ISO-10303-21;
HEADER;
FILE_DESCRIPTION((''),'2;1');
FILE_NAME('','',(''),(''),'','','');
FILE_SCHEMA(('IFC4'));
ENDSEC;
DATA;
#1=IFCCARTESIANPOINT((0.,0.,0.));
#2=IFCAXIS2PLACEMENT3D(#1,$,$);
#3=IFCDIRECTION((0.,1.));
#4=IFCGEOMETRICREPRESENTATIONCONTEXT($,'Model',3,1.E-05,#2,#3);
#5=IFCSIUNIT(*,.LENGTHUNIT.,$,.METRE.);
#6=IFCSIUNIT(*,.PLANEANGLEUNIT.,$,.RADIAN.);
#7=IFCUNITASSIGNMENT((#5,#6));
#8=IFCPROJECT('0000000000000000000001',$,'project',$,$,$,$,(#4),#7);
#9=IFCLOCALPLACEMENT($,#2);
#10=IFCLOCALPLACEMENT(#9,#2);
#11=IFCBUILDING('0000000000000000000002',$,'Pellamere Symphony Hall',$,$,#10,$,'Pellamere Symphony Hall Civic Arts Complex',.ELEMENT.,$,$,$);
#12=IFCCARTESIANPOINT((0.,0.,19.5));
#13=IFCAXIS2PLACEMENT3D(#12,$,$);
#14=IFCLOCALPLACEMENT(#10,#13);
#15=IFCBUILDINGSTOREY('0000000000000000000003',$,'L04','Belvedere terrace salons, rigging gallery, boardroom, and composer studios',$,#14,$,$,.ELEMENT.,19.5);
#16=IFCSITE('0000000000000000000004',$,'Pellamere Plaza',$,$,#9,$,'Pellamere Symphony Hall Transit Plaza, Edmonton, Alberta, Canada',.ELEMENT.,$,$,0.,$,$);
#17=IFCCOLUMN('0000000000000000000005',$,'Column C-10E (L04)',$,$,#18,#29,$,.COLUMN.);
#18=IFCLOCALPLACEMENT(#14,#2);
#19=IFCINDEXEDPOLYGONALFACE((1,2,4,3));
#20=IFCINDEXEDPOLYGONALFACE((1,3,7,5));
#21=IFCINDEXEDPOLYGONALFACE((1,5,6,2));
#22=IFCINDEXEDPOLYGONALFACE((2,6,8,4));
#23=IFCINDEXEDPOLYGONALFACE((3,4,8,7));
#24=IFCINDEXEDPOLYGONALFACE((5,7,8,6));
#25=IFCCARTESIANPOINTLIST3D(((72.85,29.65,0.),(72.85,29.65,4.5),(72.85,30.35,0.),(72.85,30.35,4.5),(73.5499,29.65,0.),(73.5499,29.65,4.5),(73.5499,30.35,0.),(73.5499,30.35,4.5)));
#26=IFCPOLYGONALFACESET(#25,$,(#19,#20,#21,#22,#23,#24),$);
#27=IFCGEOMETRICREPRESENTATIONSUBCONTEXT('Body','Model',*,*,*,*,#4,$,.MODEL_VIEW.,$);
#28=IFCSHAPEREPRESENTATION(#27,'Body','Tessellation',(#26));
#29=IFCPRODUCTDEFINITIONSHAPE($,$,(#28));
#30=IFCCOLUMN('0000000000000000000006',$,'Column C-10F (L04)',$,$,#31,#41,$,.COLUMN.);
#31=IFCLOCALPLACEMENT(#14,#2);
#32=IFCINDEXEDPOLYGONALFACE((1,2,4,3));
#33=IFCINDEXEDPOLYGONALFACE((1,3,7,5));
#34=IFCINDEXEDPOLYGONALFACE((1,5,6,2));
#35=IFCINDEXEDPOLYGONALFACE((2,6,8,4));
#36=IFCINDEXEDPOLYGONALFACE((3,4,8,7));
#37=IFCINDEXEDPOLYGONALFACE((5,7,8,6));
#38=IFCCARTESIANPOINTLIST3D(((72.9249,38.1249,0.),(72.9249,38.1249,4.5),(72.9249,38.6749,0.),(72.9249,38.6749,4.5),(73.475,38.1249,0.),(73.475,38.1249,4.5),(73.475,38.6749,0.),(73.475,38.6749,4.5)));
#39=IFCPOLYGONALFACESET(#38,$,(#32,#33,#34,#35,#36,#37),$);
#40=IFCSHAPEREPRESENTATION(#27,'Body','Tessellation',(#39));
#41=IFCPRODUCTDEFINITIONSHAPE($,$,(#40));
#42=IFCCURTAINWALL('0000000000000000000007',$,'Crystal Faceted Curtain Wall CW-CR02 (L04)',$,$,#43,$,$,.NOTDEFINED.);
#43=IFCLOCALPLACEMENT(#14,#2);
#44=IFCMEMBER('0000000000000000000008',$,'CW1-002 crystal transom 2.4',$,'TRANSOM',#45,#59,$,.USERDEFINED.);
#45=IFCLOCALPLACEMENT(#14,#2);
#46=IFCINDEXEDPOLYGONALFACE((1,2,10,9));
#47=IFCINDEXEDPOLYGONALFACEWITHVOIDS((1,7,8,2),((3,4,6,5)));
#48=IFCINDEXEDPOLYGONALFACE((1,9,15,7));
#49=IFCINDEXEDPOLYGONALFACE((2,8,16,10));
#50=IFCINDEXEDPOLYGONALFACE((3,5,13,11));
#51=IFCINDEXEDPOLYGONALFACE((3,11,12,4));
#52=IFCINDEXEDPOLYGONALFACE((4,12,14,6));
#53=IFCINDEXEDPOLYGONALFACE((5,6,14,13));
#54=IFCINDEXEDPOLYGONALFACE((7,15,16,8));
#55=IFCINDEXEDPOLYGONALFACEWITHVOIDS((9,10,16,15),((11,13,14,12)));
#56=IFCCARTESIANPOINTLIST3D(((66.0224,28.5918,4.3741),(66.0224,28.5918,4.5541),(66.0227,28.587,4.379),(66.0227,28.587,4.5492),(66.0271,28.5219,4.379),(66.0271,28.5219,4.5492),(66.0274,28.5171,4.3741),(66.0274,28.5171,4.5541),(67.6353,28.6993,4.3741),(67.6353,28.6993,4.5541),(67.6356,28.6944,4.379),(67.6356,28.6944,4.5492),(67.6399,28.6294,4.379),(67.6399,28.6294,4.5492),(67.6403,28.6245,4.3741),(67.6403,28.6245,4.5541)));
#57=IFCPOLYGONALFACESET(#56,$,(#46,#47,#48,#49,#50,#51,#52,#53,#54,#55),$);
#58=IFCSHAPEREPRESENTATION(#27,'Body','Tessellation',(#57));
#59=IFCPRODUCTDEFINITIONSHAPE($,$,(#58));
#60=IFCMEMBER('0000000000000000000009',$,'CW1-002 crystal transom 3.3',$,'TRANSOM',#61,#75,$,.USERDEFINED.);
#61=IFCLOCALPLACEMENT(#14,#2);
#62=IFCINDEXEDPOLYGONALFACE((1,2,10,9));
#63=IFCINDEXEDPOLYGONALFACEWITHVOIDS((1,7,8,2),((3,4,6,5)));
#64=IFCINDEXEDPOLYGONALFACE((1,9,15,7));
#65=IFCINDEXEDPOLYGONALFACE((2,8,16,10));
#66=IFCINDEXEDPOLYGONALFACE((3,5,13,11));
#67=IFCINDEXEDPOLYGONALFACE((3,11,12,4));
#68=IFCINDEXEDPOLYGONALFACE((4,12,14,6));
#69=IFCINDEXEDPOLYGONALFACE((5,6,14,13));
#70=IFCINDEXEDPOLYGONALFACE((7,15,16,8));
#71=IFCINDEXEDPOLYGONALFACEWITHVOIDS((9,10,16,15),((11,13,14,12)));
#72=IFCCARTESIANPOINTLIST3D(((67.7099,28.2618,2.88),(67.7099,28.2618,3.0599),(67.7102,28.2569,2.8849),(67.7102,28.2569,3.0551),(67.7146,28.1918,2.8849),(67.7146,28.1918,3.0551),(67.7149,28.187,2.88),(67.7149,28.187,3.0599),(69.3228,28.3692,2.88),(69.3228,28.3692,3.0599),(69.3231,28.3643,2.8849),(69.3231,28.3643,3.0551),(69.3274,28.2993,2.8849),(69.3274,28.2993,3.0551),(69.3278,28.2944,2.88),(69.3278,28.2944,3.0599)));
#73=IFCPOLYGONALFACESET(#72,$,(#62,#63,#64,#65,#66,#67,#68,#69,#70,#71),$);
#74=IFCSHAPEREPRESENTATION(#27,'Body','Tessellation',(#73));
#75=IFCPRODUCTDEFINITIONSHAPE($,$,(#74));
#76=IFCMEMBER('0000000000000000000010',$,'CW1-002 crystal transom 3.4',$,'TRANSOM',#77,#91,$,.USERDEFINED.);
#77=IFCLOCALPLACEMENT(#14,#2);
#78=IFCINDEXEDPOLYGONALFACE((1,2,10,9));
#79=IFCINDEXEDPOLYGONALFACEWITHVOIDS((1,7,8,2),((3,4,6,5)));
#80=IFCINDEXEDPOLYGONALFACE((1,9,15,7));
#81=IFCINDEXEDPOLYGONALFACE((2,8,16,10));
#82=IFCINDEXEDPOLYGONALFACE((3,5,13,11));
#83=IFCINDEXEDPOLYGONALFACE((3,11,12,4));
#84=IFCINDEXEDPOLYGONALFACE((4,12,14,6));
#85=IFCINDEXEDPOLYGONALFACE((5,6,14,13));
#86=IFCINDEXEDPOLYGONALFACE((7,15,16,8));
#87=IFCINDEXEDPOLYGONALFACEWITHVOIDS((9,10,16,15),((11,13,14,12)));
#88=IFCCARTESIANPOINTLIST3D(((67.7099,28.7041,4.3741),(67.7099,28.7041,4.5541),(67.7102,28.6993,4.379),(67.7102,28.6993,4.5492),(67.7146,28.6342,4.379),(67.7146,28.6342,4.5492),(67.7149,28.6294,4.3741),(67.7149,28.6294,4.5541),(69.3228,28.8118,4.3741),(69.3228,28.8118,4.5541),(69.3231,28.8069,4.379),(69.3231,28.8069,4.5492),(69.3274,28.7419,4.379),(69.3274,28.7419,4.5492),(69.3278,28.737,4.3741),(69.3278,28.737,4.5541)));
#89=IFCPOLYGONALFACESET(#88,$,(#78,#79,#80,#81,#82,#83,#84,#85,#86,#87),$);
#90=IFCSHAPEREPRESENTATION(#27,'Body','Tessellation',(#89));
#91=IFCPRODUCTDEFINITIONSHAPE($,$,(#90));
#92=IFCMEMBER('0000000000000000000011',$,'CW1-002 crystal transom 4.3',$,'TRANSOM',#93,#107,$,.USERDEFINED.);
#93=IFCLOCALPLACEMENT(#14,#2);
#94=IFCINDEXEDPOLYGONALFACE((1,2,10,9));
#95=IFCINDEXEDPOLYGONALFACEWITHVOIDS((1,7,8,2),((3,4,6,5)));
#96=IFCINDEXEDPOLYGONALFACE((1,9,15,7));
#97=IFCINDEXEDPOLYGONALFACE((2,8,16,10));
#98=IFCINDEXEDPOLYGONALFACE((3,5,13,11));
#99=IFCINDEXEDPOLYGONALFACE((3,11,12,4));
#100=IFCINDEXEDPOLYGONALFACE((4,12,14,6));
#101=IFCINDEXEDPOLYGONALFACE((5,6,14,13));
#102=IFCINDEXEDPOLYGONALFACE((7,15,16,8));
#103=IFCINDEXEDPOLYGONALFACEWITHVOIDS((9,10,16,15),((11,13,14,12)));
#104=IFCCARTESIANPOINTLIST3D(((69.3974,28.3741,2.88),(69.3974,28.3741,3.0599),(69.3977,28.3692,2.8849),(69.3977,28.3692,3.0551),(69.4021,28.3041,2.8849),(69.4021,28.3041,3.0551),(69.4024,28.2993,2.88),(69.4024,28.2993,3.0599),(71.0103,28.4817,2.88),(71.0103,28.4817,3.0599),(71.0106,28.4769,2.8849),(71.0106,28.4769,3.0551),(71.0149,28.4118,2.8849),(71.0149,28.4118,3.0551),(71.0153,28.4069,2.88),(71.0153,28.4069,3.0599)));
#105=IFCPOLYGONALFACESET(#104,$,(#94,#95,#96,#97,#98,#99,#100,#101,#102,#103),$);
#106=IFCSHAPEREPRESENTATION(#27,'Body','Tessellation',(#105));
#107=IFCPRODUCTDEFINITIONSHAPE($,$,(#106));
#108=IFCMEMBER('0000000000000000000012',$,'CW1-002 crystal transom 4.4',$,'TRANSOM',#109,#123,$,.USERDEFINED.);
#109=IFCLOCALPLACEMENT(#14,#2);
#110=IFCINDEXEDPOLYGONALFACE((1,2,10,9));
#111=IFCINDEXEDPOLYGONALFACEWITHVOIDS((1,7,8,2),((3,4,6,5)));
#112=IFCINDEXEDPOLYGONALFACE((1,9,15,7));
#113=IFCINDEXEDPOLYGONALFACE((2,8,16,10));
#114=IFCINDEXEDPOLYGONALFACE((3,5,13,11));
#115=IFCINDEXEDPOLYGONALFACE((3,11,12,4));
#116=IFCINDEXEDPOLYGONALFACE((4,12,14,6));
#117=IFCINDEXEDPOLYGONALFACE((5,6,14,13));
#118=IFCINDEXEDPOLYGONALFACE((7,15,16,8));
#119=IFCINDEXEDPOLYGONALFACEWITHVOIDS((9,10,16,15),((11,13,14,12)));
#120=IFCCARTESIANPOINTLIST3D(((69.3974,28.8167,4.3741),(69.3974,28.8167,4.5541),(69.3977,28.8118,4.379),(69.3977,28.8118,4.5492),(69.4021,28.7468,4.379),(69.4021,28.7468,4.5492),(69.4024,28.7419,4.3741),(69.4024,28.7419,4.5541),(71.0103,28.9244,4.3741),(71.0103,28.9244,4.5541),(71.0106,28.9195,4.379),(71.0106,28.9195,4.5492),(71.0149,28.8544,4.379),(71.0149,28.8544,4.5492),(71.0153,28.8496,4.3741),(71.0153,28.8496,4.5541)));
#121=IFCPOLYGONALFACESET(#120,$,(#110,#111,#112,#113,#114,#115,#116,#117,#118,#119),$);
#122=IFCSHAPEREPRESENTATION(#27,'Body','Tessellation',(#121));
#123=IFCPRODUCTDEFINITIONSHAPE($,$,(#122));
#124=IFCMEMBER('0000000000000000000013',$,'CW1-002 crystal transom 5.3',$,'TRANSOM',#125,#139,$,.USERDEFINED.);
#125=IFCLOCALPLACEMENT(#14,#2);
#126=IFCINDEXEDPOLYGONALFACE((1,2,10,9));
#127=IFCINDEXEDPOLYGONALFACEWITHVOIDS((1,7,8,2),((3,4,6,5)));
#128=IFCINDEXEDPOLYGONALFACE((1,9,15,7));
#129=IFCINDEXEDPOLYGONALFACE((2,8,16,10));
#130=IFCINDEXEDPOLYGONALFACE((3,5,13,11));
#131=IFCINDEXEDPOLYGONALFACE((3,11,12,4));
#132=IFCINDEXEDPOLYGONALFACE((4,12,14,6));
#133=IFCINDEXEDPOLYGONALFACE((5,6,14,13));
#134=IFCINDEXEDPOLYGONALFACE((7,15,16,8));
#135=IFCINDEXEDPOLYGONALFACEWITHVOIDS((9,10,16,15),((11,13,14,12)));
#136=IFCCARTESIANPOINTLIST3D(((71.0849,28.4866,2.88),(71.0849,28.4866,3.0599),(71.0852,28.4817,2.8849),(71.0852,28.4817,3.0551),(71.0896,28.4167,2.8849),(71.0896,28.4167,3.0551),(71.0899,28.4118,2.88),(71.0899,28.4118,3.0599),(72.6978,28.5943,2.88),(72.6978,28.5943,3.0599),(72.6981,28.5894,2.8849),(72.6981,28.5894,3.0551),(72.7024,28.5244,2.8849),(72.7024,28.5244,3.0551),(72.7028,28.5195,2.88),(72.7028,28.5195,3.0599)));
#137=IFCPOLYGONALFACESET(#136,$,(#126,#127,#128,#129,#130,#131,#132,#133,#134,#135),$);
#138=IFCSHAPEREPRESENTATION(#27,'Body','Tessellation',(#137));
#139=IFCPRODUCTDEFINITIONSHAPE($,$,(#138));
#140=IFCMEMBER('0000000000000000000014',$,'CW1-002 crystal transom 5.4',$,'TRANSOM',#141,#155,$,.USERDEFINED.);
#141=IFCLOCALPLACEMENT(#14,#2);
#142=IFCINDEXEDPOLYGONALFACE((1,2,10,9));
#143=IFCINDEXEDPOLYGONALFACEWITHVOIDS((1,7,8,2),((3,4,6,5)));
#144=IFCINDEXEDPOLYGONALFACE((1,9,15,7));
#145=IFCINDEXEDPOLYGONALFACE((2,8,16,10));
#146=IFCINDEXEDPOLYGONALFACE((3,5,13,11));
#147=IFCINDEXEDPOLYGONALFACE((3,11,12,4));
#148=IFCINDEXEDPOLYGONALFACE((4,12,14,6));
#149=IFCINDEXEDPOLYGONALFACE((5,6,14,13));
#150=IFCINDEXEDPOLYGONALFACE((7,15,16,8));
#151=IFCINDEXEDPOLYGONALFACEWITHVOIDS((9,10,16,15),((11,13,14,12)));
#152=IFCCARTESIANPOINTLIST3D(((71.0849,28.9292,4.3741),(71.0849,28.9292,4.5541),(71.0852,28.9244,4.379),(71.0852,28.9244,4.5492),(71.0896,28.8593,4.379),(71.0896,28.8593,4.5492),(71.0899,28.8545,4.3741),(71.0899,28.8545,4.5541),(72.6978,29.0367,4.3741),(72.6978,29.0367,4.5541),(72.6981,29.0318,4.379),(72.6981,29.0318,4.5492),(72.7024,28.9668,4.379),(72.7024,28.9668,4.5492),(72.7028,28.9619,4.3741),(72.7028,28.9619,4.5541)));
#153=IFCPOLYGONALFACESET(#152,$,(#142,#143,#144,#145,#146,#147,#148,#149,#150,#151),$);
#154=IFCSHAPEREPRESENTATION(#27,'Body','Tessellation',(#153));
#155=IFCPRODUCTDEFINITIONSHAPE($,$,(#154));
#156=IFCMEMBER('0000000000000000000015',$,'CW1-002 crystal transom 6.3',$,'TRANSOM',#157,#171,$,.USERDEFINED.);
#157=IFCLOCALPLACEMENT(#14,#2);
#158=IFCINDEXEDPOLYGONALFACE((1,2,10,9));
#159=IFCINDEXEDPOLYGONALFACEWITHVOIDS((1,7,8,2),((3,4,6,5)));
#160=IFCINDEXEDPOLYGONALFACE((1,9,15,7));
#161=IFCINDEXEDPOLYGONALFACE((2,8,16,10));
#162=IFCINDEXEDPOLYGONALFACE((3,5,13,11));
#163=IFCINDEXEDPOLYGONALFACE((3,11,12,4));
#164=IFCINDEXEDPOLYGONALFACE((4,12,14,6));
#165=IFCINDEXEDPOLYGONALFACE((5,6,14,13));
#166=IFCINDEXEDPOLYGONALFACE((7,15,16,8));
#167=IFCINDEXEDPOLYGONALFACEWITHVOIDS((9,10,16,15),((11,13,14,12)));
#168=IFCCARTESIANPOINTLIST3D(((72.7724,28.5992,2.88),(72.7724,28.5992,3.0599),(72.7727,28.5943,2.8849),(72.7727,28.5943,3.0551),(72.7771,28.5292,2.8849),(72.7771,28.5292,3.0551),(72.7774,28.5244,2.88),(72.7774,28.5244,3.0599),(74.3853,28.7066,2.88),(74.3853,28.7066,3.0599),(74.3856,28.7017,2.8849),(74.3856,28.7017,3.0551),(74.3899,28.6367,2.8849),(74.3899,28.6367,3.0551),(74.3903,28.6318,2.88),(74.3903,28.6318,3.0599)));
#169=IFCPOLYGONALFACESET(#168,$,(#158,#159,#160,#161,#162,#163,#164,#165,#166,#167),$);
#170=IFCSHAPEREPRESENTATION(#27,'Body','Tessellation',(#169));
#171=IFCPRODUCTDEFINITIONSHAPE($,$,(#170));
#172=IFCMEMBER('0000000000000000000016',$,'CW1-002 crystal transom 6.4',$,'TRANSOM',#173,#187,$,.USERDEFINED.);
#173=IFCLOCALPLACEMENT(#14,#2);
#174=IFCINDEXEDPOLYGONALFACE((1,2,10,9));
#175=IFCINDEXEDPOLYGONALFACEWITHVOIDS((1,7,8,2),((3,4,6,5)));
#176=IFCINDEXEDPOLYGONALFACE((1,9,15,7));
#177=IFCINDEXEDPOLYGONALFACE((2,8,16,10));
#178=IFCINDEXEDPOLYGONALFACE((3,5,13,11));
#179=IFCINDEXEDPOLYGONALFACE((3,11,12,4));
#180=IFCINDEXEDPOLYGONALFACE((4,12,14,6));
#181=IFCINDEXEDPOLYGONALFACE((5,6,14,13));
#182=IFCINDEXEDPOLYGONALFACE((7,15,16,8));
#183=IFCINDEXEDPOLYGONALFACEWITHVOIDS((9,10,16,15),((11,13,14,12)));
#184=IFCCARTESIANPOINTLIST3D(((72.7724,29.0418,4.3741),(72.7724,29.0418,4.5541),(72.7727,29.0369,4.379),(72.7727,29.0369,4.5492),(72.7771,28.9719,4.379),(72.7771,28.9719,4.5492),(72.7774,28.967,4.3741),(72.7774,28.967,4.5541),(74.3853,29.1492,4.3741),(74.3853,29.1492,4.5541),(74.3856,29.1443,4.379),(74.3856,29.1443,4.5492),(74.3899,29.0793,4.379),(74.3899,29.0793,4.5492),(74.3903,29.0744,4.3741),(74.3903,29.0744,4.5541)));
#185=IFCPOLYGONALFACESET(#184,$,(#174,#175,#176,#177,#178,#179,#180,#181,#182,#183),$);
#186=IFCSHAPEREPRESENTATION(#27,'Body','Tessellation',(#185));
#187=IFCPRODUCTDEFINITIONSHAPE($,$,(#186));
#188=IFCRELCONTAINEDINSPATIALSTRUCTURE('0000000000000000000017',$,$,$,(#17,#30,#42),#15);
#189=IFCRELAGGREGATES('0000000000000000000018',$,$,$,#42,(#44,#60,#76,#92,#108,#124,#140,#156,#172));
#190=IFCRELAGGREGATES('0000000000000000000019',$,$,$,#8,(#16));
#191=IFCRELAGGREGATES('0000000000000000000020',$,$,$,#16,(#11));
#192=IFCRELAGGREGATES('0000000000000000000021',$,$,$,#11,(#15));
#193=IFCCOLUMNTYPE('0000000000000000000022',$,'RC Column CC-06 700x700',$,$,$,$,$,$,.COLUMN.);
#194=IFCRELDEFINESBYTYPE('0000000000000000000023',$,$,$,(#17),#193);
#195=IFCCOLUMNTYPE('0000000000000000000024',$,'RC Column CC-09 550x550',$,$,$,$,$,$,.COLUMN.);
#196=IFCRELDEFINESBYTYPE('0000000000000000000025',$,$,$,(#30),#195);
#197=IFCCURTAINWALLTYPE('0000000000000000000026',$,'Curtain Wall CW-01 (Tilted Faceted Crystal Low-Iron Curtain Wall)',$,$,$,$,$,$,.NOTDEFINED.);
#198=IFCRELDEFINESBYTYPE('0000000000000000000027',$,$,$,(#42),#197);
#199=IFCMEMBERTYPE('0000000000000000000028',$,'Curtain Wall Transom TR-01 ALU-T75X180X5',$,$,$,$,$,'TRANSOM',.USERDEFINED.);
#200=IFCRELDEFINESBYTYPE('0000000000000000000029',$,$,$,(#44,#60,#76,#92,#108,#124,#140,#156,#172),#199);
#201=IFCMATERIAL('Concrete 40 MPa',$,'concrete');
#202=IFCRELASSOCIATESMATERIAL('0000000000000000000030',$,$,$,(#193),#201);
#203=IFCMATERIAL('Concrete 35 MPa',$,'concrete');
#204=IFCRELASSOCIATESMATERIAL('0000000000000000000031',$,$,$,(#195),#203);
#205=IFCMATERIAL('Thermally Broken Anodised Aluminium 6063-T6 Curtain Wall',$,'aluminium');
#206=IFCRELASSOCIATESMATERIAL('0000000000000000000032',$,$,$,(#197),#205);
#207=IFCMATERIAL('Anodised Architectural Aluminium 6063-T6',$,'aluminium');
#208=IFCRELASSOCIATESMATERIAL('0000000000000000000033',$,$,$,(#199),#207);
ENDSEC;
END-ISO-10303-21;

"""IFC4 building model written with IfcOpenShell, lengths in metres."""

from ifc_helpers import new_model, si_unit, direction, frame, origin, origin_2d, place, context, subcontext, project, spatial, rectangle, hollow_rectangle, extrude, material, material_profile, profile_set, type_object, element, aggregate, save


model = new_model("IFC4")

# Units and contexts
model_context = context("Model", 3, precision=1e-05, world=origin(), true_north=direction((0.0, 1.0)))
body_context = subcontext(model_context, "Body", "Model", "MODEL_VIEW")
ifc_project = project(units=[si_unit("LENGTHUNIT", "METRE"), si_unit("PLANEANGLEUNIT", "RADIAN")], contexts=[model_context])

# Site, building, storey
site_placement = place(None, origin())
site = spatial("IfcSite", under=ifc_project, at=site_placement, Name="Pellamere Plaza", LongName="Pellamere Symphony Hall Transit Plaza, Edmonton, Alberta, Canada", CompositionType="ELEMENT", RefElevation=0.0)
building_placement = place(site_placement, origin())
building = spatial("IfcBuilding", under=site, at=building_placement, Name="Pellamere Symphony Hall", LongName="Pellamere Symphony Hall Civic Arts Complex", CompositionType="ELEMENT")
storey_placement = place(building_placement, frame((0.0, 0.0, 19.5)))
storey = spatial("IfcBuildingStorey", under=building, at=storey_placement, Name="L04", Description="Belvedere terrace salons, rigging gallery, boardroom, and composer studios", CompositionType="ELEMENT", Elevation=19.5)

# Columns
ifc_material_1 = material(Name="Concrete 40 MPa", Category="concrete")
ifc_material_profile_1 = material_profile(ifc_material_1, rectangle(XDim=0.7, YDim=0.7, at=origin_2d()), Name="RC 700x700")
ifc_profile_set_1 = profile_set([ifc_material_profile_1], Name="Concrete 40 MPa")
column_type_1 = type_object("IfcColumnType", Name="RC Column CC-06 700x700", PredefinedType="COLUMN", material=ifc_profile_set_1)
column_1_placement = place(storey_placement, frame((73.2, 30.0, 0.0), z_axis=(0.0, 0.0, 1.0), x_axis=(1.0, 0.0, 0.0)))
element("IfcColumn", 1, at=column_1_placement, inside=storey, type_object=column_type_1, Name="Column C-10E (L04)", PredefinedType="COLUMN", context=body_context, shape_type="SweptSolid", body=[
    extrude(rectangle(XDim=0.7, YDim=0.7, at=origin_2d()), origin(), (0.0, 0.0, 1.0), 4.5),
])
ifc_material_2 = material(Name="Concrete 35 MPa", Category="concrete")
ifc_material_profile_2 = material_profile(ifc_material_2, rectangle(XDim=0.55, YDim=0.55, at=origin_2d()), Name="RC 550x550")
ifc_profile_set_2 = profile_set([ifc_material_profile_2], Name="Concrete 35 MPa")
column_type_2 = type_object("IfcColumnType", Name="RC Column CC-09 550x550", PredefinedType="COLUMN", material=ifc_profile_set_2)
column_2_placement = place(storey_placement, frame((73.2, 38.3999, 0.0), z_axis=(0.0, 0.0, 1.0), x_axis=(1.0, 0.0, 0.0)))
element("IfcColumn", 2, at=column_2_placement, inside=storey, type_object=column_type_2, Name="Column C-10F (L04)", PredefinedType="COLUMN", context=body_context, shape_type="SweptSolid", body=[
    extrude(rectangle(XDim=0.55, YDim=0.55, at=origin_2d()), origin(), (0.0, 0.0, 1.0), 4.5),
])

# Curtain wall, members
ifc_material_3 = material(Name="Thermally Broken Anodised Aluminium 6063-T6 Curtain Wall", Category="aluminium")
curtain_wall_type = type_object("IfcCurtainWallType", Name="Curtain Wall CW-01 (Tilted Faceted Crystal Low-Iron Curtain Wall)", PredefinedType="NOTDEFINED", material=ifc_material_3)
curtain_wall_placement = place(storey_placement, origin())
curtain_wall = element("IfcCurtainWall", 3, at=curtain_wall_placement, inside=storey, type_object=curtain_wall_type, Name="Crystal Faceted Curtain Wall CW-CR02 (L04)", PredefinedType="NOTDEFINED")
ifc_material_4 = material(Name="Anodised Architectural Aluminium 6063-T6", Category="aluminium")
ifc_material_profile_3 = material_profile(ifc_material_4, hollow_rectangle(XDim=0.075, YDim=0.1799, WallThickness=0.0049, at=origin_2d()), Name="ALU-T75X180X5")
ifc_profile_set_3 = profile_set([ifc_material_profile_3], Name="Anodised Architectural Aluminium 6063-T6")
member_type_1 = type_object("IfcMemberType", Name="Curtain Wall Transom TR-01 ALU-T75X180X5", ElementType="TRANSOM", PredefinedType="USERDEFINED", material=ifc_profile_set_3)
member_1_placement = place(storey_placement, frame((66.0249, 28.5544, 4.4641), z_axis=(0.997789, 0.066459, 0.0), x_axis=(-0.066459, 0.997789, 0.0)))
member_1 = element("IfcMember", 4, at=member_1_placement, type_object=member_type_1, Name="CW1-002 crystal transom 2.4", ObjectType="TRANSOM", PredefinedType="USERDEFINED", context=body_context, shape_type="SweptSolid", body=[
    extrude(hollow_rectangle(XDim=0.075, YDim=0.1799, WallThickness=0.0049, at=origin_2d()), origin(), (0.0, 0.0, 1.0), 1.6165),
])
member_2_placement = place(storey_placement, frame((67.7124, 28.2244, 2.97), z_axis=(0.997789, 0.066459, 0.0), x_axis=(-0.066459, 0.997789, 0.0)))
member_2 = element("IfcMember", 5, at=member_2_placement, type_object=member_type_1, Name="CW1-002 crystal transom 3.3", ObjectType="TRANSOM", PredefinedType="USERDEFINED", context=body_context, shape_type="SweptSolid", body=[
    extrude(hollow_rectangle(XDim=0.075, YDim=0.1799, WallThickness=0.0049, at=origin_2d()), origin(), (0.0, 0.0, 1.0), 1.6165),
])
member_3_placement = place(storey_placement, frame((67.7124, 28.6667, 4.4641), z_axis=(0.997779, 0.066609, 0.0), x_axis=(-0.066609, 0.997779, 0.0)))
member_3 = element("IfcMember", 6, at=member_3_placement, type_object=member_type_1, Name="CW1-002 crystal transom 3.4", ObjectType="TRANSOM", PredefinedType="USERDEFINED", context=body_context, shape_type="SweptSolid", body=[
    extrude(hollow_rectangle(XDim=0.075, YDim=0.1799, WallThickness=0.0049, at=origin_2d()), origin(), (0.0, 0.0, 1.0), 1.6165),
])
member_4_placement = place(storey_placement, frame((69.3999, 28.3367, 2.97), z_axis=(0.997779, 0.066609, 0.0), x_axis=(-0.066609, 0.997779, 0.0)))
member_4 = element("IfcMember", 7, at=member_4_placement, type_object=member_type_1, Name="CW1-002 crystal transom 4.3", ObjectType="TRANSOM", PredefinedType="USERDEFINED", context=body_context, shape_type="SweptSolid", body=[
    extrude(hollow_rectangle(XDim=0.075, YDim=0.1799, WallThickness=0.0049, at=origin_2d()), origin(), (0.0, 0.0, 1.0), 1.6165),
])
member_5_placement = place(storey_placement, frame((69.3999, 28.7793, 4.4641), z_axis=(0.997779, 0.066609, 0.0), x_axis=(-0.066609, 0.997779, 0.0)))
member_5 = element("IfcMember", 8, at=member_5_placement, type_object=member_type_1, Name="CW1-002 crystal transom 4.4", ObjectType="TRANSOM", PredefinedType="USERDEFINED", context=body_context, shape_type="SweptSolid", body=[
    extrude(hollow_rectangle(XDim=0.075, YDim=0.1799, WallThickness=0.0049, at=origin_2d()), origin(), (0.0, 0.0, 1.0), 1.6165),
])
member_6_placement = place(storey_placement, frame((71.0874, 28.4492, 2.97), z_axis=(0.997779, 0.066609, 0.0), x_axis=(-0.066609, 0.997779, 0.0)))
member_6 = element("IfcMember", 9, at=member_6_placement, type_object=member_type_1, Name="CW1-002 crystal transom 5.3", ObjectType="TRANSOM", PredefinedType="USERDEFINED", context=body_context, shape_type="SweptSolid", body=[
    extrude(hollow_rectangle(XDim=0.075, YDim=0.1799, WallThickness=0.0049, at=origin_2d()), origin(), (0.0, 0.0, 1.0), 1.6165),
])
member_7_placement = place(storey_placement, frame((71.0874, 28.8918, 4.4641), z_axis=(0.997789, 0.066459, 0.0), x_axis=(-0.066459, 0.997789, 0.0)))
member_7 = element("IfcMember", 10, at=member_7_placement, type_object=member_type_1, Name="CW1-002 crystal transom 5.4", ObjectType="TRANSOM", PredefinedType="USERDEFINED", context=body_context, shape_type="SweptSolid", body=[
    extrude(hollow_rectangle(XDim=0.075, YDim=0.1799, WallThickness=0.0049, at=origin_2d()), origin(), (0.0, 0.0, 1.0), 1.6165),
])
member_8_placement = place(storey_placement, frame((72.7749, 28.5618, 2.97), z_axis=(0.997789, 0.066459, 0.0), x_axis=(-0.066459, 0.997789, 0.0)))
member_8 = element("IfcMember", 11, at=member_8_placement, type_object=member_type_1, Name="CW1-002 crystal transom 6.3", ObjectType="TRANSOM", PredefinedType="USERDEFINED", context=body_context, shape_type="SweptSolid", body=[
    extrude(hollow_rectangle(XDim=0.075, YDim=0.1799, WallThickness=0.0049, at=origin_2d()), origin(), (0.0, 0.0, 1.0), 1.6165),
])
member_9_placement = place(storey_placement, frame((72.7749, 29.0044, 4.4641), z_axis=(0.997789, 0.066459, 0.0), x_axis=(-0.066459, 0.997789, 0.0)))
member_9 = element("IfcMember", 12, at=member_9_placement, type_object=member_type_1, Name="CW1-002 crystal transom 6.4", ObjectType="TRANSOM", PredefinedType="USERDEFINED", context=body_context, shape_type="SweptSolid", body=[
    extrude(hollow_rectangle(XDim=0.075, YDim=0.1799, WallThickness=0.0049, at=origin_2d()), origin(), (0.0, 0.0, 1.0), 1.6165),
])

aggregate(curtain_wall, [member_1, member_2, member_3, member_4, member_5, member_6, member_7, member_8, member_9])

save(model, "model.ifc")
